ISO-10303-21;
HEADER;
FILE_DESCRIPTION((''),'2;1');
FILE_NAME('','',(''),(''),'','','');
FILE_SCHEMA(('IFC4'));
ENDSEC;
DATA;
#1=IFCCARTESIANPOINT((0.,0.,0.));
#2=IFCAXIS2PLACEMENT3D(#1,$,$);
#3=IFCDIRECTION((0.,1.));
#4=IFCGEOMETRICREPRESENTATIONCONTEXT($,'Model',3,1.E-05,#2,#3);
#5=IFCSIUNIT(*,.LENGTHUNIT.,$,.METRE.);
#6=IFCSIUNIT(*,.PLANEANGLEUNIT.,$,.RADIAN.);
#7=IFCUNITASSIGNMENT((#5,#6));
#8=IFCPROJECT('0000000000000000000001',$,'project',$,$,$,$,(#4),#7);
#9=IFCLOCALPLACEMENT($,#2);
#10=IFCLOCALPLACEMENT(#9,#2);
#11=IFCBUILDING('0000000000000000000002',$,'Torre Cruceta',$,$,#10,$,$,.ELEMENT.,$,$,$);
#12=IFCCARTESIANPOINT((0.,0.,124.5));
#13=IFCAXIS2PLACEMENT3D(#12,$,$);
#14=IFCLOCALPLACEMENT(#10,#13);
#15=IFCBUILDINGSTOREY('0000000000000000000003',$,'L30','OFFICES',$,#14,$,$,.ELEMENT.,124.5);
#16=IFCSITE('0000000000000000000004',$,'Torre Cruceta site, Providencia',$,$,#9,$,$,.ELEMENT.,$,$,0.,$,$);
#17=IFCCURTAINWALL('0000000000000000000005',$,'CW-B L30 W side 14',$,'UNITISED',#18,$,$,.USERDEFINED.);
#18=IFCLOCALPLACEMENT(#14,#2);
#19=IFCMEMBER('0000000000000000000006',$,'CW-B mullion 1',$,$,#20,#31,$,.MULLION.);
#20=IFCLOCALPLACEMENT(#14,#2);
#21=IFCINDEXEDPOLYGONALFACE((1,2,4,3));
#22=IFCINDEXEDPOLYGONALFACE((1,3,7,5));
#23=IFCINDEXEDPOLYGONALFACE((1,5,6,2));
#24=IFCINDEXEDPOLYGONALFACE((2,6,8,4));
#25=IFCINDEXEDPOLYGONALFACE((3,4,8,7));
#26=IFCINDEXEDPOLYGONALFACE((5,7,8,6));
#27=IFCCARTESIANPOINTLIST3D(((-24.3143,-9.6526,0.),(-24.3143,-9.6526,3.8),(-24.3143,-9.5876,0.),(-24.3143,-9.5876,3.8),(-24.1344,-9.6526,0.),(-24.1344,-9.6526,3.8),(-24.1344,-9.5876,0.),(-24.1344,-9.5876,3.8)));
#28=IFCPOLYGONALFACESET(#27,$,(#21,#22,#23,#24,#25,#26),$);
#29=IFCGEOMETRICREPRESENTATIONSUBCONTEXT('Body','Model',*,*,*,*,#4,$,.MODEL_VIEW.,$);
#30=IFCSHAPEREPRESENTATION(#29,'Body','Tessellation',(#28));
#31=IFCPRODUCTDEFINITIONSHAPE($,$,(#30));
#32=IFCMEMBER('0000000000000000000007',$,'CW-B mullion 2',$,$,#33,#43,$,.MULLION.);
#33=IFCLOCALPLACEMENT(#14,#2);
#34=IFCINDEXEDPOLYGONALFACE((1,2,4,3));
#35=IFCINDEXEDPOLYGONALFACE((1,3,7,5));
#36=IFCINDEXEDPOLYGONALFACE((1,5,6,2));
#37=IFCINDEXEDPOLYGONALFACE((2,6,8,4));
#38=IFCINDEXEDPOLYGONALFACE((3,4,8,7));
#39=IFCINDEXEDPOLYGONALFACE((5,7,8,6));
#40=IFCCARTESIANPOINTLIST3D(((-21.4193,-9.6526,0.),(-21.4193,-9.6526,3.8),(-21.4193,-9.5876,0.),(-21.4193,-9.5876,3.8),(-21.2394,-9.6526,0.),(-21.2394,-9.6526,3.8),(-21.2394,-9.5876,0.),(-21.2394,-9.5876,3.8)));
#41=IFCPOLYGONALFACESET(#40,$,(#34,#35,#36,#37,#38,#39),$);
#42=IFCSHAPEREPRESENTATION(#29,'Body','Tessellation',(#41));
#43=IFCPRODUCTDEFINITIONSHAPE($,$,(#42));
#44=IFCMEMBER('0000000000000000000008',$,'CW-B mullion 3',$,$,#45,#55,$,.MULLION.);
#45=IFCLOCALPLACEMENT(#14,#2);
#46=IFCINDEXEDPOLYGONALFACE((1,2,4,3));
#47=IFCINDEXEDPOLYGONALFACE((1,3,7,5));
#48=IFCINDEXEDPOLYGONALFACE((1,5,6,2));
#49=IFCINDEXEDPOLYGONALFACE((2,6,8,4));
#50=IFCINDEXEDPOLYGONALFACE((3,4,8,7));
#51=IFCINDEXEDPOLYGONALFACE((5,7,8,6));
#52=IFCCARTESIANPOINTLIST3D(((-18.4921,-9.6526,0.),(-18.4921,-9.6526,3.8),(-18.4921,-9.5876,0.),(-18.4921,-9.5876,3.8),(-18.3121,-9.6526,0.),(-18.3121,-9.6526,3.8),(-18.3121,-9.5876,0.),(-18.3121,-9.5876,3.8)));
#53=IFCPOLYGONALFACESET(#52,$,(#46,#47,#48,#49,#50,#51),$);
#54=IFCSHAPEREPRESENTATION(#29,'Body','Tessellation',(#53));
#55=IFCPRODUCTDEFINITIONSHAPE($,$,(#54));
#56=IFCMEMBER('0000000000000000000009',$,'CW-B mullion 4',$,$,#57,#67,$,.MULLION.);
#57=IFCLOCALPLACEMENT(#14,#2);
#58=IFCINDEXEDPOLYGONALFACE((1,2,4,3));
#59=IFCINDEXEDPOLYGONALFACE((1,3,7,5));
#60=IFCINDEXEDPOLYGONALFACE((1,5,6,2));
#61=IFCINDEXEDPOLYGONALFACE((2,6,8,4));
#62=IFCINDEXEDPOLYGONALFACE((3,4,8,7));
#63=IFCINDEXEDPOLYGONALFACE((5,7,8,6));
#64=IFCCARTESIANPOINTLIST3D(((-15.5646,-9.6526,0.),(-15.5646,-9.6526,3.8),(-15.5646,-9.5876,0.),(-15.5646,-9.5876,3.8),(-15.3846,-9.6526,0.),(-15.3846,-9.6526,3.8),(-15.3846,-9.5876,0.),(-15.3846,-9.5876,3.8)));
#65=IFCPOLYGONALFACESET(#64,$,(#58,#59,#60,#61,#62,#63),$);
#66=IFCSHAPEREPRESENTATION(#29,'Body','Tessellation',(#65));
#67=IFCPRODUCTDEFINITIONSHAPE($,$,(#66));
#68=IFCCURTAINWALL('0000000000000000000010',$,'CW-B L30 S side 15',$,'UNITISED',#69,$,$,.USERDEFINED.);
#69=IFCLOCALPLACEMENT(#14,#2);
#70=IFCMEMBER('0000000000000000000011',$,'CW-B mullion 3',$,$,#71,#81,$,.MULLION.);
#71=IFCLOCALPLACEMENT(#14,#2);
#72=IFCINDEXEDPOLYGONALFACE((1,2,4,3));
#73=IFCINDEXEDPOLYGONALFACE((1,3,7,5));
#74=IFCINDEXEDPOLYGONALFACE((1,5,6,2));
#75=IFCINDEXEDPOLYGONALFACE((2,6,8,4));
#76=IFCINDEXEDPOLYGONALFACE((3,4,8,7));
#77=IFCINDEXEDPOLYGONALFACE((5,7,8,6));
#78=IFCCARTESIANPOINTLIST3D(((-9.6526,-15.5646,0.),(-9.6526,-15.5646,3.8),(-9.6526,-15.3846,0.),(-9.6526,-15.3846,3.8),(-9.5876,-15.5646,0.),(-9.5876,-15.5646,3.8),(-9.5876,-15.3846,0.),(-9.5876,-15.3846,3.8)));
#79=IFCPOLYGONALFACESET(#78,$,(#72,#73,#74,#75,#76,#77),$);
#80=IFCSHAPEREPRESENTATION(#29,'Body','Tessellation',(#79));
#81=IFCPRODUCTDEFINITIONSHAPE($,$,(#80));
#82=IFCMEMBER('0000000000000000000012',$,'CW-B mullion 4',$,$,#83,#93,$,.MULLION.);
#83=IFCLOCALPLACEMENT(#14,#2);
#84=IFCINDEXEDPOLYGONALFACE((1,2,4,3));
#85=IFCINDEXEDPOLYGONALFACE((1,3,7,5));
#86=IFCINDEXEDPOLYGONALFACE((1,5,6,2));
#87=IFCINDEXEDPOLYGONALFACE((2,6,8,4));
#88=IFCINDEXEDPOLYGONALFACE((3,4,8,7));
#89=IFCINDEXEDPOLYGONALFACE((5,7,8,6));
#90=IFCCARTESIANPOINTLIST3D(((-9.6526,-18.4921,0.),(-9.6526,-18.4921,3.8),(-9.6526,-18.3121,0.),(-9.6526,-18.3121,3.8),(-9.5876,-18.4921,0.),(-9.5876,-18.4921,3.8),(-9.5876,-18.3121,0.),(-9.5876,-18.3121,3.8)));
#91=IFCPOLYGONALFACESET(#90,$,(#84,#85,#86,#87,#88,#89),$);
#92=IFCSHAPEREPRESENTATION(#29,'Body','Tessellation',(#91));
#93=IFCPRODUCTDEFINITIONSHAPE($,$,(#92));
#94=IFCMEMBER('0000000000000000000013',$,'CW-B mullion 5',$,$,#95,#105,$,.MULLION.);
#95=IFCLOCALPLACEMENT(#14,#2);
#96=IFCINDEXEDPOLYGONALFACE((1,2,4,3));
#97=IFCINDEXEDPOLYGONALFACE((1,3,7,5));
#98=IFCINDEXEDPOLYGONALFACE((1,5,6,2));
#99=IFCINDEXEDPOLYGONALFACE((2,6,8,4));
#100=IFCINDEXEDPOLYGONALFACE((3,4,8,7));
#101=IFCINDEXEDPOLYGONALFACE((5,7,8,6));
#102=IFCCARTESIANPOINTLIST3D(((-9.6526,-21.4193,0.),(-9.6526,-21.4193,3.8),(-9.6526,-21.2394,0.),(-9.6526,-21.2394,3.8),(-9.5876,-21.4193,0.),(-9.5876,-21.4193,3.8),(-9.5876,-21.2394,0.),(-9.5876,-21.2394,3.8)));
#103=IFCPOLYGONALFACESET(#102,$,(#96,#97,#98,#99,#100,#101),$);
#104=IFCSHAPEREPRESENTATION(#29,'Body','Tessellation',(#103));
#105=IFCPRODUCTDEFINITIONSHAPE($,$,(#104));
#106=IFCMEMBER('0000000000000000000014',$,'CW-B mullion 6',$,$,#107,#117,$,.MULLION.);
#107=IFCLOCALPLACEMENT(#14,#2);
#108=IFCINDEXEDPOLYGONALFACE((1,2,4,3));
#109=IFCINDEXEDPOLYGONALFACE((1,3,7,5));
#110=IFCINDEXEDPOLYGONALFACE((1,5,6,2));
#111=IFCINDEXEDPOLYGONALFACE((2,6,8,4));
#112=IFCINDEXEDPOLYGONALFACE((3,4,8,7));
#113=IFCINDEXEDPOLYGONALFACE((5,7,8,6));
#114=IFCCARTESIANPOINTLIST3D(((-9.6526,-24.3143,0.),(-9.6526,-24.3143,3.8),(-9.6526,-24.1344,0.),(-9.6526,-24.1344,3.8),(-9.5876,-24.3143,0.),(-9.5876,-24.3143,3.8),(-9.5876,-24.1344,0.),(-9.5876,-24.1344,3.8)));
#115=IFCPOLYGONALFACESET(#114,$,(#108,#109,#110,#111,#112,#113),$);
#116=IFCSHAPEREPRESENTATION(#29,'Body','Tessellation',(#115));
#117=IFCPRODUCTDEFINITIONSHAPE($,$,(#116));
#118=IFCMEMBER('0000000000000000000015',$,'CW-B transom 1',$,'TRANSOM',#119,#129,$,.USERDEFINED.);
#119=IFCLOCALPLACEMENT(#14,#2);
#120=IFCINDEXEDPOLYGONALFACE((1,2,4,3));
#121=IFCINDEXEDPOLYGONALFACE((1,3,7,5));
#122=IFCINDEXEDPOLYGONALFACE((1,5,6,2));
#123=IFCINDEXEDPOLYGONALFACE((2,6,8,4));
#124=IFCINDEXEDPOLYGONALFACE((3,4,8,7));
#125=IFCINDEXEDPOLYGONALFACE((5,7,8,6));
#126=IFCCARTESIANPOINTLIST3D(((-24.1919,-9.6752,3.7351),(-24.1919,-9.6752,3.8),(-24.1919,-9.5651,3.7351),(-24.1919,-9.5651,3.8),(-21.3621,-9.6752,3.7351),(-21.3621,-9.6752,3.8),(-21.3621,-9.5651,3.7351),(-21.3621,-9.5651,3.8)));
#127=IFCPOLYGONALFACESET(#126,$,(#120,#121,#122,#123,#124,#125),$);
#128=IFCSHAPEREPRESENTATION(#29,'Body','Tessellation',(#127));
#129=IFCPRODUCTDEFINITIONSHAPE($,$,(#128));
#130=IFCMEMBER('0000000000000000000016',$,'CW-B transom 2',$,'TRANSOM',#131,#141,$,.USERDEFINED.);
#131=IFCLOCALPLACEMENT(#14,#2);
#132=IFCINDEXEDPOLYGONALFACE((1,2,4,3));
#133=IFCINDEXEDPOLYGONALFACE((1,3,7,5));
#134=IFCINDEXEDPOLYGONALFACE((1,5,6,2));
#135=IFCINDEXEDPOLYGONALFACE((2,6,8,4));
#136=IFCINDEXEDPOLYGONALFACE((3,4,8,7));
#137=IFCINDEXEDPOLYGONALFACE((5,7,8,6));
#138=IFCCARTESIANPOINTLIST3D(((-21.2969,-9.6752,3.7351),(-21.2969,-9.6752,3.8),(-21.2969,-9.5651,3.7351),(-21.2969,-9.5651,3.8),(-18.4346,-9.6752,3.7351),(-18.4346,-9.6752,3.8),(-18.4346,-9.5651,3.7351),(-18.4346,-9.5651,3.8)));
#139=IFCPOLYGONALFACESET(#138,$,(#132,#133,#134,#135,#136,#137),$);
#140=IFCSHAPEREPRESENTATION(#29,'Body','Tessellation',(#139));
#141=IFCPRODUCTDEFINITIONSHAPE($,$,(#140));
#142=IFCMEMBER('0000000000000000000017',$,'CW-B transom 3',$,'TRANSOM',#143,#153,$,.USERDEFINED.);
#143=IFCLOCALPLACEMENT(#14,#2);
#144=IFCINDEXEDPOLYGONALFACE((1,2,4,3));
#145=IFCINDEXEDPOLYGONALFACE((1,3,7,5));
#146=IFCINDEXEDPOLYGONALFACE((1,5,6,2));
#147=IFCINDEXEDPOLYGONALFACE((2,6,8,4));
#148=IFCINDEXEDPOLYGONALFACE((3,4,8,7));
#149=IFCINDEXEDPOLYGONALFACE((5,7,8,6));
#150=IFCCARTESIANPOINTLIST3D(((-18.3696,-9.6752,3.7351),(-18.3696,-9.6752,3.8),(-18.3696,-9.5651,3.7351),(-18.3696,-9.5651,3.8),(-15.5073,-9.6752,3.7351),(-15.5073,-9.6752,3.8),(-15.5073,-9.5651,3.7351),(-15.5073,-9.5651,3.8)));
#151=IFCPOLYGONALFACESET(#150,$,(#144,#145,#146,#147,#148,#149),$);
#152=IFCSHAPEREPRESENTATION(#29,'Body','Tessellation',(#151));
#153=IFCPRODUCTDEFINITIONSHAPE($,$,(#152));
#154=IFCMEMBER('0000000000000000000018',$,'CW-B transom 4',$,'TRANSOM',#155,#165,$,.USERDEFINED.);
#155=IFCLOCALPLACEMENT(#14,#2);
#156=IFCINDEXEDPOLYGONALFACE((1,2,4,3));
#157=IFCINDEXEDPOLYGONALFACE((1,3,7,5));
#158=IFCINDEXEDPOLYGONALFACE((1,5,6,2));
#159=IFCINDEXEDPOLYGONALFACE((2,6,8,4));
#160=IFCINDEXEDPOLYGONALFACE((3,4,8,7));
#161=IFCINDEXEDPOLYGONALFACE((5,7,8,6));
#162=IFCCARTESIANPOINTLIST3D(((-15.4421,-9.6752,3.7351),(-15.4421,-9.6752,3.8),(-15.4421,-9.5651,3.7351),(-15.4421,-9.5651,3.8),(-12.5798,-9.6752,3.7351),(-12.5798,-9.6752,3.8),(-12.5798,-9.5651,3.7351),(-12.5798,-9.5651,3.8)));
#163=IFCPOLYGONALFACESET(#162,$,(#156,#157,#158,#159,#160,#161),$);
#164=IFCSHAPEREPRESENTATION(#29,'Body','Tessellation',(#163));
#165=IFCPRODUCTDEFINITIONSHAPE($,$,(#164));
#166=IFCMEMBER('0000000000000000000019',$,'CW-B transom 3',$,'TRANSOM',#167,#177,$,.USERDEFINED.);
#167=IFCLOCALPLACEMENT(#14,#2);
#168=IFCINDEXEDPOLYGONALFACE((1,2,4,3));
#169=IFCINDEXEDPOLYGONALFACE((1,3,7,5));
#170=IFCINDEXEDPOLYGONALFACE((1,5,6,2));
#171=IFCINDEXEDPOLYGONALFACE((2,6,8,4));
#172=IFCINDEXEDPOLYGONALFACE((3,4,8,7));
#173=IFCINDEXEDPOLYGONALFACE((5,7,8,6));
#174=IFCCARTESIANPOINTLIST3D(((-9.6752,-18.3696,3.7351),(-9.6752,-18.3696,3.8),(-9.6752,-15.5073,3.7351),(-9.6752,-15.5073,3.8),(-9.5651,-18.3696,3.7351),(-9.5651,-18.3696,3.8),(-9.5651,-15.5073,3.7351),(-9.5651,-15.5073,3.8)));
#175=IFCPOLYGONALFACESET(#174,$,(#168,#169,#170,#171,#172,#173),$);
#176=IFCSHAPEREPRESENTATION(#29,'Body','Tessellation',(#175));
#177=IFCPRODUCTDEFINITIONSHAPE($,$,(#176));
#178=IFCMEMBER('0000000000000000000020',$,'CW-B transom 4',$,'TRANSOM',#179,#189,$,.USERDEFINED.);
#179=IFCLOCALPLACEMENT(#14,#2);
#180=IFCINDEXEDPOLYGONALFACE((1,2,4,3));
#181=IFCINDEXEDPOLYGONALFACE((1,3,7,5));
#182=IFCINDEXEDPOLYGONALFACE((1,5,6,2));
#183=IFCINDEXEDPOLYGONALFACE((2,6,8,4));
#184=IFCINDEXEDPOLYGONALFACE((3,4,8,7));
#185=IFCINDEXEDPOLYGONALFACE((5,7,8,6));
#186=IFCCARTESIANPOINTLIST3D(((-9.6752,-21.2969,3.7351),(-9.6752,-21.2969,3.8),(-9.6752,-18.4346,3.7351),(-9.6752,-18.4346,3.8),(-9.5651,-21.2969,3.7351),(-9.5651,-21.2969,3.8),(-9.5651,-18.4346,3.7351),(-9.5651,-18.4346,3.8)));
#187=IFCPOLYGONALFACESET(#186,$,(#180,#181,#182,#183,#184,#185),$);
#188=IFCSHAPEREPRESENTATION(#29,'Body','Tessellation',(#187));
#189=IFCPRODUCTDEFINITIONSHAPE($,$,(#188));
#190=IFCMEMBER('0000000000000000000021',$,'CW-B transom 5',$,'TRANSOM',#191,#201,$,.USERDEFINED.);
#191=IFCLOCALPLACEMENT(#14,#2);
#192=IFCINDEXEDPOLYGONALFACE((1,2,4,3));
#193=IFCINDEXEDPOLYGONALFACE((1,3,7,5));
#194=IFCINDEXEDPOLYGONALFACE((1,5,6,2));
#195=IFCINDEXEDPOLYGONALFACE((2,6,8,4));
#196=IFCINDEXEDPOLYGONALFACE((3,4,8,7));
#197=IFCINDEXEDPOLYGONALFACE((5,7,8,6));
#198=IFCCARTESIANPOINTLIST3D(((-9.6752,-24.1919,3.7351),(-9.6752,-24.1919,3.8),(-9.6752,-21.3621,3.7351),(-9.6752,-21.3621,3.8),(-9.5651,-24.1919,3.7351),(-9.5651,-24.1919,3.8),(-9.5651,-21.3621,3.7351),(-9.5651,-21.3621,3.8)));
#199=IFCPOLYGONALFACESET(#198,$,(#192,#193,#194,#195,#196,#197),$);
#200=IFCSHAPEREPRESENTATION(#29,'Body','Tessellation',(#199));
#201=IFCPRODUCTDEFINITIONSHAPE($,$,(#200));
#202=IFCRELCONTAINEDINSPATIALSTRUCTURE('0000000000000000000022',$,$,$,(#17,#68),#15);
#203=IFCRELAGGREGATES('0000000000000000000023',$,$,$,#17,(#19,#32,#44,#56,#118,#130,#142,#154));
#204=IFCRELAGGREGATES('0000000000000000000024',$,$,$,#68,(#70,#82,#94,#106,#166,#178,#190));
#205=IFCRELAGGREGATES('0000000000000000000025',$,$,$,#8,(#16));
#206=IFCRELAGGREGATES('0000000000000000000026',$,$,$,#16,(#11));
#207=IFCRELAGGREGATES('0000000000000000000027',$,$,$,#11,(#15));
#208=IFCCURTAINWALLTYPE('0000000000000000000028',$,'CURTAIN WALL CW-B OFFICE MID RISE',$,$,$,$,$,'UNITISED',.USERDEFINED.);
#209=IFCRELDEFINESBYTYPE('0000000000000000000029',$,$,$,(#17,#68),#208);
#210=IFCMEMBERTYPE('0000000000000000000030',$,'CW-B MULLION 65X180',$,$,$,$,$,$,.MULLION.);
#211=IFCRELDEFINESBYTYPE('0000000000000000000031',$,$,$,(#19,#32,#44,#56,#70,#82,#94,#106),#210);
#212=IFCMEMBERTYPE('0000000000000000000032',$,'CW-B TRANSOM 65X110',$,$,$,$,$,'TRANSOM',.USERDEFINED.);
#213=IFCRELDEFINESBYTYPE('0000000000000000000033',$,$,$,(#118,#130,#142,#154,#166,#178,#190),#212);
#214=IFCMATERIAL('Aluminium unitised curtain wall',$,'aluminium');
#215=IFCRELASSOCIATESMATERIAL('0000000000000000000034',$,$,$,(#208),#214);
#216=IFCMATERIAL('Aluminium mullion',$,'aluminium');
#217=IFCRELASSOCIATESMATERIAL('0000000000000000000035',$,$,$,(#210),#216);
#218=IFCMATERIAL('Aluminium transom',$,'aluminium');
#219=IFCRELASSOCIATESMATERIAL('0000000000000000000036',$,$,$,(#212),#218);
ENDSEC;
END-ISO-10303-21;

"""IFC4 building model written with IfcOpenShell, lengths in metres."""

from ifc_helpers import new_model, si_unit, direction, frame, origin, origin_2d, place, context, subcontext, project, spatial, rectangle, extrude, material, material_profile, profile_set, type_object, element, aggregate, save


model = new_model("IFC4")

# Units and contexts
model_context = context("Model", 3, precision=1e-05, world=origin(), true_north=direction((0.0, 1.0)))
body_context = subcontext(model_context, "Body", "Model", "MODEL_VIEW")
ifc_project = project(units=[si_unit("LENGTHUNIT", "METRE"), si_unit("PLANEANGLEUNIT", "RADIAN")], contexts=[model_context])

# Site, building, storey
site_placement = place(None, origin())
site = spatial("IfcSite", under=ifc_project, at=site_placement, Name="Torre Cruceta site, Providencia", CompositionType="ELEMENT", RefElevation=0.0)
building_placement = place(site_placement, origin())
building = spatial("IfcBuilding", under=site, at=building_placement, Name="Torre Cruceta", CompositionType="ELEMENT")
storey_placement = place(building_placement, frame((0.0, 0.0, 124.5)))
storey = spatial("IfcBuildingStorey", under=building, at=storey_placement, Name="L30", Description="OFFICES", CompositionType="ELEMENT", Elevation=124.5)

# Curtain walls, members
ifc_material_1 = material(Name="Aluminium unitised curtain wall", Category="aluminium")
curtain_wall_type = type_object("IfcCurtainWallType", Name="CURTAIN WALL CW-B OFFICE MID RISE", ElementType="UNITISED", PredefinedType="USERDEFINED", material=ifc_material_1)
curtain_wall_1_placement = place(storey_placement, origin())
curtain_wall_1 = element("IfcCurtainWall", 1, at=curtain_wall_1_placement, inside=storey, type_object=curtain_wall_type, Name="CW-B L30 W side 14", ObjectType="UNITISED", PredefinedType="USERDEFINED")
ifc_material_2 = material(Name="Aluminium mullion", Category="aluminium")
ifc_material_profile_1 = material_profile(ifc_material_2, rectangle(XDim=0.0649, YDim=0.1799, at=origin_2d()), Name="AL 65X180")
ifc_profile_set_1 = profile_set([ifc_material_profile_1], Name="Aluminium mullion")
member_type_1 = type_object("IfcMemberType", Name="CW-B MULLION 65X180", PredefinedType="MULLION", material=ifc_profile_set_1)
member_1_placement = place(storey_placement, frame((-24.2244, -9.6201, 0.0), z_axis=(0.0, 0.0, 1.0), x_axis=(0.0, 1.0, 0.0)))
member_1 = element("IfcMember", 2, at=member_1_placement, type_object=member_type_1, Name="CW-B mullion 1", PredefinedType="MULLION", context=body_context, shape_type="SweptSolid", body=[
    extrude(rectangle(XDim=0.0649, YDim=0.1799, at=origin_2d()), origin(), (0.0, 0.0, 1.0), 3.8),
])
member_2_placement = place(storey_placement, frame((-21.3293, -9.6201, 0.0), z_axis=(0.0, 0.0, 1.0), x_axis=(0.0, 1.0, 0.0)))
member_2 = element("IfcMember", 3, at=member_2_placement, type_object=member_type_1, Name="CW-B mullion 2", PredefinedType="MULLION", context=body_context, shape_type="SweptSolid", body=[
    extrude(rectangle(XDim=0.0649, YDim=0.1799, at=origin_2d()), origin(), (0.0, 0.0, 1.0), 3.8),
])
member_3_placement = place(storey_placement, frame((-18.4021, -9.6201, 0.0), z_axis=(0.0, 0.0, 1.0), x_axis=(0.0, 1.0, 0.0)))
member_3 = element("IfcMember", 4, at=member_3_placement, type_object=member_type_1, Name="CW-B mullion 3", PredefinedType="MULLION", context=body_context, shape_type="SweptSolid", body=[
    extrude(rectangle(XDim=0.0649, YDim=0.1799, at=origin_2d()), origin(), (0.0, 0.0, 1.0), 3.8),
])
member_4_placement = place(storey_placement, frame((-15.4746, -9.6201, 0.0), z_axis=(0.0, 0.0, 1.0), x_axis=(0.0, 1.0, 0.0)))
member_4 = element("IfcMember", 5, at=member_4_placement, type_object=member_type_1, Name="CW-B mullion 4", PredefinedType="MULLION", context=body_context, shape_type="SweptSolid", body=[
    extrude(rectangle(XDim=0.0649, YDim=0.1799, at=origin_2d()), origin(), (0.0, 0.0, 1.0), 3.8),
])
curtain_wall_2_placement = place(storey_placement, origin())
curtain_wall_2 = element("IfcCurtainWall", 6, at=curtain_wall_2_placement, inside=storey, type_object=curtain_wall_type, Name="CW-B L30 S side 15", ObjectType="UNITISED", PredefinedType="USERDEFINED")
member_5_placement = place(storey_placement, frame((-9.6201, -15.4746, 0.0), z_axis=(0.0, 0.0, 1.0), x_axis=(1.0, 0.0, 0.0)))
member_5 = element("IfcMember", 7, at=member_5_placement, type_object=member_type_1, Name="CW-B mullion 3", PredefinedType="MULLION", context=body_context, shape_type="SweptSolid", body=[
    extrude(rectangle(XDim=0.0649, YDim=0.1799, at=origin_2d()), origin(), (0.0, 0.0, 1.0), 3.8),
])
member_6_placement = place(storey_placement, frame((-9.6201, -18.4021, 0.0), z_axis=(0.0, 0.0, 1.0), x_axis=(1.0, 0.0, 0.0)))
member_6 = element("IfcMember", 8, at=member_6_placement, type_object=member_type_1, Name="CW-B mullion 4", PredefinedType="MULLION", context=body_context, shape_type="SweptSolid", body=[
    extrude(rectangle(XDim=0.0649, YDim=0.1799, at=origin_2d()), origin(), (0.0, 0.0, 1.0), 3.8),
])
member_7_placement = place(storey_placement, frame((-9.6201, -21.3293, 0.0), z_axis=(0.0, 0.0, 1.0), x_axis=(1.0, 0.0, 0.0)))
member_7 = element("IfcMember", 9, at=member_7_placement, type_object=member_type_1, Name="CW-B mullion 5", PredefinedType="MULLION", context=body_context, shape_type="SweptSolid", body=[
    extrude(rectangle(XDim=0.0649, YDim=0.1799, at=origin_2d()), origin(), (0.0, 0.0, 1.0), 3.8),
])
member_8_placement = place(storey_placement, frame((-9.6201, -24.2244, 0.0), z_axis=(0.0, 0.0, 1.0), x_axis=(1.0, 0.0, 0.0)))
member_8 = element("IfcMember", 10, at=member_8_placement, type_object=member_type_1, Name="CW-B mullion 6", PredefinedType="MULLION", context=body_context, shape_type="SweptSolid", body=[
    extrude(rectangle(XDim=0.0649, YDim=0.1799, at=origin_2d()), origin(), (0.0, 0.0, 1.0), 3.8),
])

# Members
ifc_material_3 = material(Name="Aluminium transom", Category="aluminium")
ifc_material_profile_2 = material_profile(ifc_material_3, rectangle(XDim=0.1101, YDim=0.0649, at=origin_2d()), Name="AL 110X65")
ifc_profile_set_2 = profile_set([ifc_material_profile_2], Name="Aluminium transom")
member_type_2 = type_object("IfcMemberType", Name="CW-B TRANSOM 65X110", ElementType="TRANSOM", PredefinedType="USERDEFINED", material=ifc_profile_set_2)
member_9_placement = place(storey_placement, frame((-24.1919, -9.6201, 3.7676), z_axis=(1.0, 0.0, 0.0), x_axis=(0.0, 1.0, 0.0)))
member_9 = element("IfcMember", 11, at=member_9_placement, type_object=member_type_2, Name="CW-B transom 1", ObjectType="TRANSOM", PredefinedType="USERDEFINED", context=body_context, shape_type="SweptSolid", body=[
    extrude(rectangle(XDim=0.1101, YDim=0.0649, at=origin_2d()), origin(), (0.0, 0.0, 1.0), 2.8298),
])
member_10_placement = place(storey_placement, frame((-21.2969, -9.6201, 3.7676), z_axis=(1.0, 0.0, 0.0), x_axis=(0.0, 1.0, 0.0)))
member_10 = element("IfcMember", 12, at=member_10_placement, type_object=member_type_2, Name="CW-B transom 2", ObjectType="TRANSOM", PredefinedType="USERDEFINED", context=body_context, shape_type="SweptSolid", body=[
    extrude(rectangle(XDim=0.1101, YDim=0.0649, at=origin_2d()), origin(), (0.0, 0.0, 1.0), 2.8623),
])
member_11_placement = place(storey_placement, frame((-18.3696, -9.6201, 3.7676), z_axis=(1.0, 0.0, 0.0), x_axis=(0.0, 1.0, 0.0)))
member_11 = element("IfcMember", 13, at=member_11_placement, type_object=member_type_2, Name="CW-B transom 3", ObjectType="TRANSOM", PredefinedType="USERDEFINED", context=body_context, shape_type="SweptSolid", body=[
    extrude(rectangle(XDim=0.1101, YDim=0.0649, at=origin_2d()), origin(), (0.0, 0.0, 1.0), 2.8623),
])
member_12_placement = place(storey_placement, frame((-15.4421, -9.6201, 3.7676), z_axis=(1.0, 0.0, 0.0), x_axis=(0.0, 1.0, 0.0)))
member_12 = element("IfcMember", 14, at=member_12_placement, type_object=member_type_2, Name="CW-B transom 4", ObjectType="TRANSOM", PredefinedType="USERDEFINED", context=body_context, shape_type="SweptSolid", body=[
    extrude(rectangle(XDim=0.1101, YDim=0.0649, at=origin_2d()), origin(), (0.0, 0.0, 1.0), 2.8623),
])
member_13_placement = place(storey_placement, frame((-9.6201, -15.5073, 3.7676), z_axis=(0.0, -1.0, 0.0), x_axis=(1.0, 0.0, 0.0)))
member_13 = element("IfcMember", 15, at=member_13_placement, type_object=member_type_2, Name="CW-B transom 3", ObjectType="TRANSOM", PredefinedType="USERDEFINED", context=body_context, shape_type="SweptSolid", body=[
    extrude(rectangle(XDim=0.1101, YDim=0.0649, at=origin_2d()), origin(), (0.0, 0.0, 1.0), 2.8623),
])
member_14_placement = place(storey_placement, frame((-9.6201, -18.4346, 3.7676), z_axis=(0.0, -1.0, 0.0), x_axis=(1.0, 0.0, 0.0)))
member_14 = element("IfcMember", 16, at=member_14_placement, type_object=member_type_2, Name="CW-B transom 4", ObjectType="TRANSOM", PredefinedType="USERDEFINED", context=body_context, shape_type="SweptSolid", body=[
    extrude(rectangle(XDim=0.1101, YDim=0.0649, at=origin_2d()), origin(), (0.0, 0.0, 1.0), 2.8623),
])
member_15_placement = place(storey_placement, frame((-9.6201, -21.3621, 3.7676), z_axis=(0.0, -1.0, 0.0), x_axis=(1.0, 0.0, 0.0)))
member_15 = element("IfcMember", 17, at=member_15_placement, type_object=member_type_2, Name="CW-B transom 5", ObjectType="TRANSOM", PredefinedType="USERDEFINED", context=body_context, shape_type="SweptSolid", body=[
    extrude(rectangle(XDim=0.1101, YDim=0.0649, at=origin_2d()), origin(), (0.0, 0.0, 1.0), 2.8298),
])

aggregate(curtain_wall_1, [member_1, member_2, member_3, member_4, member_9, member_10, member_11, member_12])
aggregate(curtain_wall_2, [member_5, member_6, member_7, member_8, member_13, member_14, member_15])

save(model, "model.ifc")
